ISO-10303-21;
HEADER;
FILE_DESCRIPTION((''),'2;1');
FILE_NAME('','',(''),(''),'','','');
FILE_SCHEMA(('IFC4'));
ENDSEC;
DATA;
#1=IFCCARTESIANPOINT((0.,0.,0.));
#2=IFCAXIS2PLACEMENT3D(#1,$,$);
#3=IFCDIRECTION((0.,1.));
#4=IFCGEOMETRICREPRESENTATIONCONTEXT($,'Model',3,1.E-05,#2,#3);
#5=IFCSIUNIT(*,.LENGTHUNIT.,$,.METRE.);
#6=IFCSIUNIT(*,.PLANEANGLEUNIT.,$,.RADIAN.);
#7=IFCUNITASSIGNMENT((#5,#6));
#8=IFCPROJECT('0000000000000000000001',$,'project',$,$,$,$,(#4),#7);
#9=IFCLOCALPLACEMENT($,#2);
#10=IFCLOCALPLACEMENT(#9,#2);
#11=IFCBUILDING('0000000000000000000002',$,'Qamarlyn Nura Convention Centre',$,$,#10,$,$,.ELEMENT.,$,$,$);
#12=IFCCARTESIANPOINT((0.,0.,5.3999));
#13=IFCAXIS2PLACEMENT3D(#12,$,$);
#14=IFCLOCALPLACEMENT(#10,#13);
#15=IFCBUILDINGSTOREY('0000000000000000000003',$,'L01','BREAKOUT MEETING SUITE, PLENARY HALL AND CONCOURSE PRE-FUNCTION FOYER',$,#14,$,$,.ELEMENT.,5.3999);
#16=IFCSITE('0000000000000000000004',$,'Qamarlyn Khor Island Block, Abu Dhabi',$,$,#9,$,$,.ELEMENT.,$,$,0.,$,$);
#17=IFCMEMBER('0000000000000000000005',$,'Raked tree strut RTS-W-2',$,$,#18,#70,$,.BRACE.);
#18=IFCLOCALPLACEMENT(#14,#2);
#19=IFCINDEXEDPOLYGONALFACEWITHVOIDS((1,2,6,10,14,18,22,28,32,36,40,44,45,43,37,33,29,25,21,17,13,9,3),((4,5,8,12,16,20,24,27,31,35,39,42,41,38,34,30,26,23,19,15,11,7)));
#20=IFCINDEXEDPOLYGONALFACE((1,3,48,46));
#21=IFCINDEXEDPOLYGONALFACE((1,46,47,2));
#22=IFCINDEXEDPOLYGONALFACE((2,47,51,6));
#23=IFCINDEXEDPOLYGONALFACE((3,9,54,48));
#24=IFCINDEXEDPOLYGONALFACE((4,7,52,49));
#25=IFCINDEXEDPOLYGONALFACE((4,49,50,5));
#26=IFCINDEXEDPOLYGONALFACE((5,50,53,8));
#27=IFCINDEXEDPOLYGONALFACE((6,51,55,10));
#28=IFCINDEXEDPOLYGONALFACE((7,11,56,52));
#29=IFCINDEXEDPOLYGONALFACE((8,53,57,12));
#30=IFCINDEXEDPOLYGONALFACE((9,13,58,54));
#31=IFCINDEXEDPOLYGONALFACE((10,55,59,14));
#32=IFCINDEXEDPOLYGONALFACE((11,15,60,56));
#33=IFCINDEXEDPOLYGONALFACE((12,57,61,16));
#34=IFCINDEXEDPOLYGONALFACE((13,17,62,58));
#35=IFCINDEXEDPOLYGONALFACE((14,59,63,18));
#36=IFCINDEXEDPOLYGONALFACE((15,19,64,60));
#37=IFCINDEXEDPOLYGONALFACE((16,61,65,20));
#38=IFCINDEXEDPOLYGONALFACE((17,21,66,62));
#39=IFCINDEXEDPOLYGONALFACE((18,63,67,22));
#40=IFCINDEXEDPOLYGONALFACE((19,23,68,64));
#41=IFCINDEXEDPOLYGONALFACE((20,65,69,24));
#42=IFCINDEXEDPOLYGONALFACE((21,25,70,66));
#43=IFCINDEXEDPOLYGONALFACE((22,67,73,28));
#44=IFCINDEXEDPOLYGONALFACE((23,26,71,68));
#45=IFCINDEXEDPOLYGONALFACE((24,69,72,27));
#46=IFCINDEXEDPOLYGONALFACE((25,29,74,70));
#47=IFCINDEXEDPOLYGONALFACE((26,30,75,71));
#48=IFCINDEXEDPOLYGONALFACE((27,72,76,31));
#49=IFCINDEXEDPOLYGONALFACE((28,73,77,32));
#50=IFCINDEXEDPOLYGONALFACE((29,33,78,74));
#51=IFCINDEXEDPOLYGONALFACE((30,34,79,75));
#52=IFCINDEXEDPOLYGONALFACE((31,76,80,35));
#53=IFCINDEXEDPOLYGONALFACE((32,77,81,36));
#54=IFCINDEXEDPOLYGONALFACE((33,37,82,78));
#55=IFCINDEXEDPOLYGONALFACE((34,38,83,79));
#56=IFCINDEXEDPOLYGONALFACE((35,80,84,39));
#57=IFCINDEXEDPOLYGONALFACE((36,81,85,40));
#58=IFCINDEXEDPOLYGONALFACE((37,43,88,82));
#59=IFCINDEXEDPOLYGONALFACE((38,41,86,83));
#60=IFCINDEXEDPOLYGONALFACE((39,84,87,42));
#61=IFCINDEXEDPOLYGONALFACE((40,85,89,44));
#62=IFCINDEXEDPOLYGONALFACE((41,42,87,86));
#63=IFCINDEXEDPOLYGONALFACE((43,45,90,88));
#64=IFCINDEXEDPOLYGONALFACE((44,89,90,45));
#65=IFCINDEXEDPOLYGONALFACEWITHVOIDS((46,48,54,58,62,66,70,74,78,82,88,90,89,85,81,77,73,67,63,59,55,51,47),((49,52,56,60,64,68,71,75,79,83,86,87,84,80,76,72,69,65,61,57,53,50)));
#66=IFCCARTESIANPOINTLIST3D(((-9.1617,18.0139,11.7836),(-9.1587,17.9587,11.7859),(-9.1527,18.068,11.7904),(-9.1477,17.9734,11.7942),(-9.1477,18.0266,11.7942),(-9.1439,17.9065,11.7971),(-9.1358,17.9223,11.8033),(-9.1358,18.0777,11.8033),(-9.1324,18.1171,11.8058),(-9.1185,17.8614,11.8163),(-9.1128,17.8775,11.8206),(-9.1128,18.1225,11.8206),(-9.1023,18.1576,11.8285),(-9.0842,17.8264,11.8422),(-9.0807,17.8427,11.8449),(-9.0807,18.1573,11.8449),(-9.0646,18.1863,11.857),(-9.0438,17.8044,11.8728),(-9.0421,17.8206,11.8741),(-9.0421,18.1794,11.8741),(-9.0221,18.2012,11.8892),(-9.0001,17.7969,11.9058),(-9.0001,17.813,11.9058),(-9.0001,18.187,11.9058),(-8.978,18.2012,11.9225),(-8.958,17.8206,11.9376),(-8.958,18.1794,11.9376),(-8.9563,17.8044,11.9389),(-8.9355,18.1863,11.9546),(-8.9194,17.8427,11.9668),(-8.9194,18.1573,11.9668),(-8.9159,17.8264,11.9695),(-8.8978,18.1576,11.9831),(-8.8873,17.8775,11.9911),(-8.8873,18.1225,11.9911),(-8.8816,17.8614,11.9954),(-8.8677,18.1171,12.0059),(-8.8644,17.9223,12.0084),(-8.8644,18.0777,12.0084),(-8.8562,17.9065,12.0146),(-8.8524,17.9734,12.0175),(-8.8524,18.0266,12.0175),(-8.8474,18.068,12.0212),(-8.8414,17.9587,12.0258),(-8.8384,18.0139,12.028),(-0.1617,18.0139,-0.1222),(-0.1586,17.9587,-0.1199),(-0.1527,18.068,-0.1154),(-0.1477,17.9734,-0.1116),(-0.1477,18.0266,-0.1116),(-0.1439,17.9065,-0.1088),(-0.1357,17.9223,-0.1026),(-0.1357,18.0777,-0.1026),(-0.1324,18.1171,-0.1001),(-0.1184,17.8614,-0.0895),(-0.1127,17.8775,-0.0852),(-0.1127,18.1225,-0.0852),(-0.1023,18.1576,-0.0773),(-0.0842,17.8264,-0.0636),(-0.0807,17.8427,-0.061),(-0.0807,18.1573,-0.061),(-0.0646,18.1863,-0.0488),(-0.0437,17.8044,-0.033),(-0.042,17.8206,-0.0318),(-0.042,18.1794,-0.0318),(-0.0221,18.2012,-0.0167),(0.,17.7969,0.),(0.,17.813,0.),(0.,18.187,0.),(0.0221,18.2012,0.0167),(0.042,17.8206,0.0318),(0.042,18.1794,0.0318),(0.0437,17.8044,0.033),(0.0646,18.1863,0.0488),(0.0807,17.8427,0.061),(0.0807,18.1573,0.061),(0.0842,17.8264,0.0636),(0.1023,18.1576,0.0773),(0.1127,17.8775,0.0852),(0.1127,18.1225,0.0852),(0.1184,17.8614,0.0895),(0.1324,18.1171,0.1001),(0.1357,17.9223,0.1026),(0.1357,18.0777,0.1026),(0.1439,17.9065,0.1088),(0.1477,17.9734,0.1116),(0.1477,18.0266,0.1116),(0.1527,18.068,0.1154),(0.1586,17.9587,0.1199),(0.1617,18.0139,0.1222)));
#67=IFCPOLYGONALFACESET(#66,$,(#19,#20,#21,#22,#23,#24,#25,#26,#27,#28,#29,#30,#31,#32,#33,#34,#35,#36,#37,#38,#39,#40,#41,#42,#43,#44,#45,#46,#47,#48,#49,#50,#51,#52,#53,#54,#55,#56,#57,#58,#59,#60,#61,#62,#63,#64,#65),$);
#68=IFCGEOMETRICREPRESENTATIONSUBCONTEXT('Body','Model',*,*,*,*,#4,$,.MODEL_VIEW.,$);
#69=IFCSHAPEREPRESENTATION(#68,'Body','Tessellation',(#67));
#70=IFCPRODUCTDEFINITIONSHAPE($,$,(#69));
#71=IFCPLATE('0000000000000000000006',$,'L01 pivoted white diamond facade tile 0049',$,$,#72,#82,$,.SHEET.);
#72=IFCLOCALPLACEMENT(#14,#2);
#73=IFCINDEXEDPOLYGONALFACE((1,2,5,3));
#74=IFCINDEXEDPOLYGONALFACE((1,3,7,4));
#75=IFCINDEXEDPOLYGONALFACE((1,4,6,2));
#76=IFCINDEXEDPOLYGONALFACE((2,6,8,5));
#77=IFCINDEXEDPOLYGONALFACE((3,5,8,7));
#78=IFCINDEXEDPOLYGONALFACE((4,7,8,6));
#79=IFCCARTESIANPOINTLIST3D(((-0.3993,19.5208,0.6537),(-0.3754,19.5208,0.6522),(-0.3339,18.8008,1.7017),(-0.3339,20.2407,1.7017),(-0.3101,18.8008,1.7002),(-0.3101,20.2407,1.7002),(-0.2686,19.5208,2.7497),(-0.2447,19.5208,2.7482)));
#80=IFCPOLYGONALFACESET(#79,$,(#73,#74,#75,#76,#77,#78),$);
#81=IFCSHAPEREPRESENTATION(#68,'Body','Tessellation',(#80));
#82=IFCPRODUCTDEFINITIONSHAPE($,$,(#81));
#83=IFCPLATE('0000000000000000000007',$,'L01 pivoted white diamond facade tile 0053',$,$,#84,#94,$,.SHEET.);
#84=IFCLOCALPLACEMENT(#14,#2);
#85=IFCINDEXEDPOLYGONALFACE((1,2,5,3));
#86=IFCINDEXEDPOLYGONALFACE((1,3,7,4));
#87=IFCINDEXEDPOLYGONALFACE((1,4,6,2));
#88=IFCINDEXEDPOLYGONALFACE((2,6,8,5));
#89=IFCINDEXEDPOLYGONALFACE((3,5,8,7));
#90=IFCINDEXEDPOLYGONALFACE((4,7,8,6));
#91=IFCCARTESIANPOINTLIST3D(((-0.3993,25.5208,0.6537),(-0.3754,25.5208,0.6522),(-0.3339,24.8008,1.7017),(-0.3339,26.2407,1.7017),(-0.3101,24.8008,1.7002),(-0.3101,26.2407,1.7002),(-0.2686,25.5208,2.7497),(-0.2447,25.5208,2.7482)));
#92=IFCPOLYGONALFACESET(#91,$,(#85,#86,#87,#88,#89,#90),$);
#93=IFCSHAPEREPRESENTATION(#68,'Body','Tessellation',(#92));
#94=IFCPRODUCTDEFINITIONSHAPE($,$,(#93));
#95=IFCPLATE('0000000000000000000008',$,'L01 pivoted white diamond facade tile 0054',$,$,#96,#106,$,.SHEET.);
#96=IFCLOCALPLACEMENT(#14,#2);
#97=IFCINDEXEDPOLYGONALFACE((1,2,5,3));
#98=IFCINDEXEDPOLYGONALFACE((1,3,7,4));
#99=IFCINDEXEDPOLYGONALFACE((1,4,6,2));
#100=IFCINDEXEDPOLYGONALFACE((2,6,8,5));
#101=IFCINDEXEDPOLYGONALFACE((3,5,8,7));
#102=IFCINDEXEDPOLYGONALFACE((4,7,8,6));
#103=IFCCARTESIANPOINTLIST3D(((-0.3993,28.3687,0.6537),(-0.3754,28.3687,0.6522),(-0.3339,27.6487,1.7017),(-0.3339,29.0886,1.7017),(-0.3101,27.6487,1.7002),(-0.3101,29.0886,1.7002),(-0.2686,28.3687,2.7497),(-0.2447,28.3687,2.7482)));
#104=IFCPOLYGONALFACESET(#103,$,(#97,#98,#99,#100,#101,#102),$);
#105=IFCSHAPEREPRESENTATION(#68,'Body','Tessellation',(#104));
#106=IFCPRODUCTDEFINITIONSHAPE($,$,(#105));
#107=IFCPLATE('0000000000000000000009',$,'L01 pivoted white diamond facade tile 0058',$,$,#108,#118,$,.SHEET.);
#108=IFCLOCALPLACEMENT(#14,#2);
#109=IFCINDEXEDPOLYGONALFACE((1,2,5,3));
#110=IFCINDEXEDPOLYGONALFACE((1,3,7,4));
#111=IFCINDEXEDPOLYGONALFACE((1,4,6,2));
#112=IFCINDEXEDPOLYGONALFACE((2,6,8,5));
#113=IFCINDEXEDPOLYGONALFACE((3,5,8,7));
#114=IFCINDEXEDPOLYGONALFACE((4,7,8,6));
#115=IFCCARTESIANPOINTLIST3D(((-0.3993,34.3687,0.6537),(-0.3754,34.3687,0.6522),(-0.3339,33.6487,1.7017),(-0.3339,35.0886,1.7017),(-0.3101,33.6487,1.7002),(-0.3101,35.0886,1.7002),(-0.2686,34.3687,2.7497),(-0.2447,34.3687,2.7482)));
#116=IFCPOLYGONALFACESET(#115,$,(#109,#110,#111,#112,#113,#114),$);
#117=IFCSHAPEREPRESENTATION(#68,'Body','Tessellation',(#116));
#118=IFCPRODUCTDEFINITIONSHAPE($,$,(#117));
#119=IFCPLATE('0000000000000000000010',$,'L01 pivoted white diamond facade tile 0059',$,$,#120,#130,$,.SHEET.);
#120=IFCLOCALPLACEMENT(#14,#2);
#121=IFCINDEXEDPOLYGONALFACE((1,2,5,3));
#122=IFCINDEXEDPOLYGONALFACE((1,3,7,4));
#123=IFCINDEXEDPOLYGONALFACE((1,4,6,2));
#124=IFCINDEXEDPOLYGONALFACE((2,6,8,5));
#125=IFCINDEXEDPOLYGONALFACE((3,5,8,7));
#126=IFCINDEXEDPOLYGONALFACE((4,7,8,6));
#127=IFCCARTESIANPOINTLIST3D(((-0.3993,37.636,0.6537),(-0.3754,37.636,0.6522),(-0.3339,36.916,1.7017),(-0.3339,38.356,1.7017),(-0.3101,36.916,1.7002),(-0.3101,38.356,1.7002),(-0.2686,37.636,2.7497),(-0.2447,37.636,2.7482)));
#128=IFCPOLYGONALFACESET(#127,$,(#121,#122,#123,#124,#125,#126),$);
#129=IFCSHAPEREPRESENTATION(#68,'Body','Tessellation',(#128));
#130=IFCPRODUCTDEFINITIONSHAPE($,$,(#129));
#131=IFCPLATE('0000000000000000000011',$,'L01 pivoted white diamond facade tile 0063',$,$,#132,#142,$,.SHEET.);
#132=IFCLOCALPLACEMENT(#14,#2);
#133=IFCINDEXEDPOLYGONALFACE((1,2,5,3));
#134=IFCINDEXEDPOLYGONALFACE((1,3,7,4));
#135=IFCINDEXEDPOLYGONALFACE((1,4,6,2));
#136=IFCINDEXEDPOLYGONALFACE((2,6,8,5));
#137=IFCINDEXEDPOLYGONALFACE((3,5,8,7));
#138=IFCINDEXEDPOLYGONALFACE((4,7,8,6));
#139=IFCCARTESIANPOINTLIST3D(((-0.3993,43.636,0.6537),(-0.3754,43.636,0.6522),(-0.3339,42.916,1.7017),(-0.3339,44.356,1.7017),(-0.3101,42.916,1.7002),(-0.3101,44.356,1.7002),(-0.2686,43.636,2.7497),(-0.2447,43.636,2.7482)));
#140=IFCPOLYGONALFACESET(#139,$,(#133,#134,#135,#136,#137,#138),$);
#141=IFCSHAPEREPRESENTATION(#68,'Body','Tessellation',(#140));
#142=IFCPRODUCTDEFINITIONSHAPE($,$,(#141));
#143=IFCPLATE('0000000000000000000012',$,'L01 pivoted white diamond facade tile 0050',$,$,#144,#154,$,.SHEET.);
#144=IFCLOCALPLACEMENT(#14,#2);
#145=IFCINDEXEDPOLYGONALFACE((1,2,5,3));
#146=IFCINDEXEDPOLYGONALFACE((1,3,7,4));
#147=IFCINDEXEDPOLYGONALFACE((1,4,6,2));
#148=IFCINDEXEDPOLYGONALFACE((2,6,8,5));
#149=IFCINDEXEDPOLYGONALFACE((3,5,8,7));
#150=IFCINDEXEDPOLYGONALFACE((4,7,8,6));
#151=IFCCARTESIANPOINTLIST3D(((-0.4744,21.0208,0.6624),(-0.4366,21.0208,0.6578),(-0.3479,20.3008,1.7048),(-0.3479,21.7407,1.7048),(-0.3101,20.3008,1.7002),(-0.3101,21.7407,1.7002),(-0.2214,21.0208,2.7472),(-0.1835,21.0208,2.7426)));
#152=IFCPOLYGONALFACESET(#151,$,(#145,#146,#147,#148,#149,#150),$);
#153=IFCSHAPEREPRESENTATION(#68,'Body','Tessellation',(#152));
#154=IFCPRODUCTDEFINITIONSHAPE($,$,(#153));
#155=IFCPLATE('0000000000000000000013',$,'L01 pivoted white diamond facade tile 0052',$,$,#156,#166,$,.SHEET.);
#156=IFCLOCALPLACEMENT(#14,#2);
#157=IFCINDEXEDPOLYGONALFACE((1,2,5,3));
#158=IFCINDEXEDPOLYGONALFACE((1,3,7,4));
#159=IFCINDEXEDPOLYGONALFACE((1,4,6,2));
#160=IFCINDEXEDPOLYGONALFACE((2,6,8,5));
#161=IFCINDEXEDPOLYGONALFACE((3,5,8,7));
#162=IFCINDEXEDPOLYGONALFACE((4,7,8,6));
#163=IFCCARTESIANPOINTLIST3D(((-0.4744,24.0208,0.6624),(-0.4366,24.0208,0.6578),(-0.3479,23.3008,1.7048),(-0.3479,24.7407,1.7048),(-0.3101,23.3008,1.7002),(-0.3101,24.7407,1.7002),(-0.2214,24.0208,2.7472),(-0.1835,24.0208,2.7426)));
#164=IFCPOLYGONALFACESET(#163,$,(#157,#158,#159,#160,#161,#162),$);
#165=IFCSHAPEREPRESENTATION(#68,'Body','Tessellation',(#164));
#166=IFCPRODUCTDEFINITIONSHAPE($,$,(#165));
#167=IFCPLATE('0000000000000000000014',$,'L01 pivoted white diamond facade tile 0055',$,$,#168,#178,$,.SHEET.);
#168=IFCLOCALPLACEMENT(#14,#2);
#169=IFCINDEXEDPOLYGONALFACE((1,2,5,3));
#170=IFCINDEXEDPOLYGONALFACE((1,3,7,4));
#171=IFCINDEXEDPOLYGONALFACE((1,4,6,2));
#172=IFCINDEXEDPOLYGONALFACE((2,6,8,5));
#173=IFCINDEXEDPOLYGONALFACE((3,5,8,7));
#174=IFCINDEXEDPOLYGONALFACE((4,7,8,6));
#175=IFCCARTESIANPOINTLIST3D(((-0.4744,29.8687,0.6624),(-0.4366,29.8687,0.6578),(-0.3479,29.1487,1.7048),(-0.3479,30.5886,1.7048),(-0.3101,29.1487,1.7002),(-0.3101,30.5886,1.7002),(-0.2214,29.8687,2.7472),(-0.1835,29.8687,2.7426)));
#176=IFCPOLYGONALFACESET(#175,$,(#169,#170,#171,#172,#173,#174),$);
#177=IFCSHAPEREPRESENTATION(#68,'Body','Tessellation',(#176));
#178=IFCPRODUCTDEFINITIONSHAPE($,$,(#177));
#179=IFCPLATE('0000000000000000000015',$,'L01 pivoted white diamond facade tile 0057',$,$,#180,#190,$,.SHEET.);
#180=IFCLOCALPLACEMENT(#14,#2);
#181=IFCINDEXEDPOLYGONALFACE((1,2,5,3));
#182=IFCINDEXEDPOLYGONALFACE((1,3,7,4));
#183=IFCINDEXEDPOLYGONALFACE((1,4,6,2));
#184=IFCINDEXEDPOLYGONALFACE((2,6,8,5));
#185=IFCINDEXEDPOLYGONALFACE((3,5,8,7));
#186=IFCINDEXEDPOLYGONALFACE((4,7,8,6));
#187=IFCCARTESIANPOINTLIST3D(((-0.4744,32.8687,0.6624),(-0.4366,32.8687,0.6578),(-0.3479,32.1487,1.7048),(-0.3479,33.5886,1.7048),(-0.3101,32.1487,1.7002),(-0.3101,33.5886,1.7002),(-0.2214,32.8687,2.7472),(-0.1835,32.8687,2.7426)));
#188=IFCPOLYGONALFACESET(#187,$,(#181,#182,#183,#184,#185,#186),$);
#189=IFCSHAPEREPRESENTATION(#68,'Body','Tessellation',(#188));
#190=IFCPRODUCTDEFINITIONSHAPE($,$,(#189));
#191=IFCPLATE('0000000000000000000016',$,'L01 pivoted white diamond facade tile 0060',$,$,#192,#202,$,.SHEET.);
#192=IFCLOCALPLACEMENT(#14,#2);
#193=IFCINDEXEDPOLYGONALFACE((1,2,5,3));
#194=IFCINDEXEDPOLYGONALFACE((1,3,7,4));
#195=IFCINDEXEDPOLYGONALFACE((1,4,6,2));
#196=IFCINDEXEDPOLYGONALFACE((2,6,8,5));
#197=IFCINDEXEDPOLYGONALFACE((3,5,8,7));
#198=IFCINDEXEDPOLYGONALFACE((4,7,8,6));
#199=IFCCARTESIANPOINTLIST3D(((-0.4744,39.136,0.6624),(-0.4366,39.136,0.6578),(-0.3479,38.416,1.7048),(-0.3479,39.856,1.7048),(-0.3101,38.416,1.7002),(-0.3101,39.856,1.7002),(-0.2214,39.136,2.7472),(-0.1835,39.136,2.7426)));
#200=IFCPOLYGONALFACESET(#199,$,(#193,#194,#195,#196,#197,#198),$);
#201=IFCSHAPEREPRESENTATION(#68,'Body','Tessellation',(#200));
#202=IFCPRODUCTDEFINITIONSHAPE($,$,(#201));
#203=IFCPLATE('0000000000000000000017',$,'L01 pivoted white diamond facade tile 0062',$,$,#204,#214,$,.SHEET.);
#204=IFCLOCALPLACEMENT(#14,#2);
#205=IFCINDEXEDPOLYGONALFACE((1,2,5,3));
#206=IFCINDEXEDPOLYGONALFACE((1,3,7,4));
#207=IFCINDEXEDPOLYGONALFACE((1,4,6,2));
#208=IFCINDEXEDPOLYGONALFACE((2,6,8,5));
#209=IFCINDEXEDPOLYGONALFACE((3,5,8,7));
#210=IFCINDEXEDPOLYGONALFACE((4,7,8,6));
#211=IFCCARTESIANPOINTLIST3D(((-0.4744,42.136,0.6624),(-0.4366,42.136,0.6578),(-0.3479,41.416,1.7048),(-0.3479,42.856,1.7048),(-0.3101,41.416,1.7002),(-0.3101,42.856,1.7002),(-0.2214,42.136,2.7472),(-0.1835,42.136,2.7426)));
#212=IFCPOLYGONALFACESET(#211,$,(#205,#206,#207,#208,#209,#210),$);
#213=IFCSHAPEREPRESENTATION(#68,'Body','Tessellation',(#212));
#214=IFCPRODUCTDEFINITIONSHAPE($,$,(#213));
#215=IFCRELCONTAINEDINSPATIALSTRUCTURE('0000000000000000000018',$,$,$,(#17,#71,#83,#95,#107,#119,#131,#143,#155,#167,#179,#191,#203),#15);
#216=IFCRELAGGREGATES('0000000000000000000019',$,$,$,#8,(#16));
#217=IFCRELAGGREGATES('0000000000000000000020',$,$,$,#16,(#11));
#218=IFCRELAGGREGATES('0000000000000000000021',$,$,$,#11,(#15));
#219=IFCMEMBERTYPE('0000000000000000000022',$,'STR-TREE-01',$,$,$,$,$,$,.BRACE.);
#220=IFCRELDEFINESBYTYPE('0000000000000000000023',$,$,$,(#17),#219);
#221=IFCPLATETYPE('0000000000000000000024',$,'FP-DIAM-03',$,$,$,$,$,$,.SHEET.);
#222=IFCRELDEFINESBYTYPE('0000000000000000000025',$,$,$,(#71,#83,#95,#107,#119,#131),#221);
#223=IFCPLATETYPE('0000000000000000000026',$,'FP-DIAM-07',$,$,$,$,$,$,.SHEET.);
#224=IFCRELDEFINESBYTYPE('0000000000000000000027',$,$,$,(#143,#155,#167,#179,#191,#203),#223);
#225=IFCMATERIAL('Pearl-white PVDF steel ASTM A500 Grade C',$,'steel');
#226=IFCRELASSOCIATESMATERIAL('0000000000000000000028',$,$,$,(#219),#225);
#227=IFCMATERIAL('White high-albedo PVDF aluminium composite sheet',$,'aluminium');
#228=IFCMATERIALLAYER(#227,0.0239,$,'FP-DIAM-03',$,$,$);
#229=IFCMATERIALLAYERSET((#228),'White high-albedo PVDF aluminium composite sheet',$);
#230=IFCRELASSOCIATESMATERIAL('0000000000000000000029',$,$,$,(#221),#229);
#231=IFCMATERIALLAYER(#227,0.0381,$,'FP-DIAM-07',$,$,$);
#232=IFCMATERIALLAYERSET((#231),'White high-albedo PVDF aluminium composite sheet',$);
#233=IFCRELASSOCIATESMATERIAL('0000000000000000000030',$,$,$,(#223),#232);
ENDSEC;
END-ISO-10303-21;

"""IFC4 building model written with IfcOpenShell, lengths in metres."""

from ifc_helpers import new_model, si_unit, direction, frame, origin, origin_2d, place, context, subcontext, project, spatial, polyline, hollow_circle, outline, extrude, material, layer, layer_set, material_profile, profile_set, type_object, element, save


model = new_model("IFC4")

# Units and contexts
model_context = context("Model", 3, precision=1e-05, world=origin(), true_north=direction((0.0, 1.0)))
body_context = subcontext(model_context, "Body", "Model", "MODEL_VIEW")
ifc_project = project(units=[si_unit("LENGTHUNIT", "METRE"), si_unit("PLANEANGLEUNIT", "RADIAN")], contexts=[model_context])

# Site, building, storey
site_placement = place(None, origin())
site = spatial("IfcSite", under=ifc_project, at=site_placement, Name="Qamarlyn Khor Island Block, Abu Dhabi", CompositionType="ELEMENT", RefElevation=0.0)
building_placement = place(site_placement, origin())
building = spatial("IfcBuilding", under=site, at=building_placement, Name="Qamarlyn Nura Convention Centre", CompositionType="ELEMENT")
storey_placement = place(building_placement, frame((0.0, 0.0, 5.3999)))
storey = spatial("IfcBuildingStorey", under=building, at=storey_placement, Name="L01", Description="BREAKOUT MEETING SUITE, PLENARY HALL AND CONCOURSE PRE-FUNCTION FOYER", CompositionType="ELEMENT", Elevation=5.3999)

# Shared definitions
ifc_material_1 = material(Name="Pearl-white PVDF steel ASTM A500 Grade C", Category="steel")

# Member
ifc_material_profile_1 = material_profile(ifc_material_1, hollow_circle(Radius=0.2031, WallThickness=0.0161, at=origin_2d()), Name="CHS406.4X16")
ifc_profile_set_1 = profile_set([ifc_material_profile_1], Name="Pearl-white PVDF steel ASTM A500 Grade C")
member_type = type_object("IfcMemberType", Name="STR-TREE-01", PredefinedType="BRACE", material=ifc_profile_set_1)
member_placement = place(storey_placement, frame((0.0, 18.0, 0.0), z_axis=(-0.603027, 0.0, 0.797721), x_axis=(0.0, -1.0, 0.0)))
element("IfcMember", 1, at=member_placement, inside=storey, type_object=member_type, Name="Raked tree strut RTS-W-2", PredefinedType="BRACE", context=body_context, shape_type="SweptSolid", body=[
    extrude(hollow_circle(Radius=0.2031, WallThickness=0.0161, at=origin_2d()), origin(), (0.0, 0.0, 1.0), 14.9248),
])

# Plates
ifc_material_2 = material(Name="White high-albedo PVDF aluminium composite sheet", Category="aluminium")
ifc_layer_1 = layer(ifc_material_2, 0.0239, Name="FP-DIAM-03")
ifc_layer_set_1 = layer_set([ifc_layer_1], Name="White high-albedo PVDF aluminium composite sheet")
plate_type_1 = type_object("IfcPlateType", Name="FP-DIAM-03", PredefinedType="SHEET", material=ifc_layer_set_1)
for number, where, z_axis, x_axis, name in (
    (2, (-0.3101, 19.5208, 1.7002), (-0.998059, 0.0, 0.062268), (0.0, -1.0, 0.0), "L01 pivoted white diamond facade tile 0049"),
    (3, (-0.3101, 25.5208, 1.7002), (-0.998059, 0.0, 0.062268), (0.0, -1.0, 0.0), "L01 pivoted white diamond facade tile 0053"),
    (4, (-0.3101, 28.3687, 1.7002), (-0.998059, 0.0, 0.062268), (0.0, -1.0, 0.0), "L01 pivoted white diamond facade tile 0054"),
    (5, (-0.3101, 34.3687, 1.7002), (-0.998059, 0.0, 0.062268), (0.0, -1.0, 0.0), "L01 pivoted white diamond facade tile 0058"),
    (6, (-0.3101, 37.636, 1.7002), (-0.998059, 0.0, 0.062268), (0.0, -1.0, 0.0), "L01 pivoted white diamond facade tile 0059"),
    (7, (-0.3101, 43.636, 1.7002), (-0.998059, 0.0, 0.062268), (0.0, -1.0, 0.0), "L01 pivoted white diamond facade tile 0063"),
):
    element("IfcPlate", number, at=place(storey_placement, frame(where, z_axis=z_axis, x_axis=x_axis)), inside=storey, type_object=plate_type_1, Name=name, PredefinedType="SHEET", context=body_context, shape_type="SweptSolid", body=[
        extrude(outline(polyline([(-0.72, 0.0), (0.0, -1.05), (0.72, 0.0), (0.0, 1.05), (-0.72, 0.0)])), origin(), (0.0, 0.0, 1.0), 0.0239),
    ])
ifc_layer_2 = layer(ifc_material_2, 0.0381, Name="FP-DIAM-07")
ifc_layer_set_2 = layer_set([ifc_layer_2], Name="White high-albedo PVDF aluminium composite sheet")
plate_type_2 = type_object("IfcPlateType", Name="FP-DIAM-07", PredefinedType="SHEET", material=ifc_layer_set_2)
for number, where, z_axis, x_axis, name in (
    (8, (-0.3101, 21.0208, 1.7002), (-0.992715, 0.0, 0.120483), (0.0, -1.0, 0.0), "L01 pivoted white diamond facade tile 0050"),
    (9, (-0.3101, 24.0208, 1.7002), (-0.992715, 0.0, 0.120483), (0.0, -1.0, 0.0), "L01 pivoted white diamond facade tile 0052"),
    (10, (-0.3101, 29.8687, 1.7002), (-0.992715, 0.0, 0.120483), (0.0, -1.0, 0.0), "L01 pivoted white diamond facade tile 0055"),
    (11, (-0.3101, 32.8687, 1.7002), (-0.992715, 0.0, 0.120483), (0.0, -1.0, 0.0), "L01 pivoted white diamond facade tile 0057"),
    (12, (-0.3101, 39.136, 1.7002), (-0.992715, 0.0, 0.120483), (0.0, -1.0, 0.0), "L01 pivoted white diamond facade tile 0060"),
    (13, (-0.3101, 42.136, 1.7002), (-0.992715, 0.0, 0.120483), (0.0, -1.0, 0.0), "L01 pivoted white diamond facade tile 0062"),
):
    element("IfcPlate", number, at=place(storey_placement, frame(where, z_axis=z_axis, x_axis=x_axis)), inside=storey, type_object=plate_type_2, Name=name, PredefinedType="SHEET", context=body_context, shape_type="SweptSolid", body=[
        extrude(outline(polyline([(-0.72, 0.0), (0.0, -1.05), (0.72, 0.0), (0.0, 1.05), (-0.72, 0.0)])), origin(), (0.0, 0.0, 1.0), 0.0381),
    ])

save(model, "model.ifc")
